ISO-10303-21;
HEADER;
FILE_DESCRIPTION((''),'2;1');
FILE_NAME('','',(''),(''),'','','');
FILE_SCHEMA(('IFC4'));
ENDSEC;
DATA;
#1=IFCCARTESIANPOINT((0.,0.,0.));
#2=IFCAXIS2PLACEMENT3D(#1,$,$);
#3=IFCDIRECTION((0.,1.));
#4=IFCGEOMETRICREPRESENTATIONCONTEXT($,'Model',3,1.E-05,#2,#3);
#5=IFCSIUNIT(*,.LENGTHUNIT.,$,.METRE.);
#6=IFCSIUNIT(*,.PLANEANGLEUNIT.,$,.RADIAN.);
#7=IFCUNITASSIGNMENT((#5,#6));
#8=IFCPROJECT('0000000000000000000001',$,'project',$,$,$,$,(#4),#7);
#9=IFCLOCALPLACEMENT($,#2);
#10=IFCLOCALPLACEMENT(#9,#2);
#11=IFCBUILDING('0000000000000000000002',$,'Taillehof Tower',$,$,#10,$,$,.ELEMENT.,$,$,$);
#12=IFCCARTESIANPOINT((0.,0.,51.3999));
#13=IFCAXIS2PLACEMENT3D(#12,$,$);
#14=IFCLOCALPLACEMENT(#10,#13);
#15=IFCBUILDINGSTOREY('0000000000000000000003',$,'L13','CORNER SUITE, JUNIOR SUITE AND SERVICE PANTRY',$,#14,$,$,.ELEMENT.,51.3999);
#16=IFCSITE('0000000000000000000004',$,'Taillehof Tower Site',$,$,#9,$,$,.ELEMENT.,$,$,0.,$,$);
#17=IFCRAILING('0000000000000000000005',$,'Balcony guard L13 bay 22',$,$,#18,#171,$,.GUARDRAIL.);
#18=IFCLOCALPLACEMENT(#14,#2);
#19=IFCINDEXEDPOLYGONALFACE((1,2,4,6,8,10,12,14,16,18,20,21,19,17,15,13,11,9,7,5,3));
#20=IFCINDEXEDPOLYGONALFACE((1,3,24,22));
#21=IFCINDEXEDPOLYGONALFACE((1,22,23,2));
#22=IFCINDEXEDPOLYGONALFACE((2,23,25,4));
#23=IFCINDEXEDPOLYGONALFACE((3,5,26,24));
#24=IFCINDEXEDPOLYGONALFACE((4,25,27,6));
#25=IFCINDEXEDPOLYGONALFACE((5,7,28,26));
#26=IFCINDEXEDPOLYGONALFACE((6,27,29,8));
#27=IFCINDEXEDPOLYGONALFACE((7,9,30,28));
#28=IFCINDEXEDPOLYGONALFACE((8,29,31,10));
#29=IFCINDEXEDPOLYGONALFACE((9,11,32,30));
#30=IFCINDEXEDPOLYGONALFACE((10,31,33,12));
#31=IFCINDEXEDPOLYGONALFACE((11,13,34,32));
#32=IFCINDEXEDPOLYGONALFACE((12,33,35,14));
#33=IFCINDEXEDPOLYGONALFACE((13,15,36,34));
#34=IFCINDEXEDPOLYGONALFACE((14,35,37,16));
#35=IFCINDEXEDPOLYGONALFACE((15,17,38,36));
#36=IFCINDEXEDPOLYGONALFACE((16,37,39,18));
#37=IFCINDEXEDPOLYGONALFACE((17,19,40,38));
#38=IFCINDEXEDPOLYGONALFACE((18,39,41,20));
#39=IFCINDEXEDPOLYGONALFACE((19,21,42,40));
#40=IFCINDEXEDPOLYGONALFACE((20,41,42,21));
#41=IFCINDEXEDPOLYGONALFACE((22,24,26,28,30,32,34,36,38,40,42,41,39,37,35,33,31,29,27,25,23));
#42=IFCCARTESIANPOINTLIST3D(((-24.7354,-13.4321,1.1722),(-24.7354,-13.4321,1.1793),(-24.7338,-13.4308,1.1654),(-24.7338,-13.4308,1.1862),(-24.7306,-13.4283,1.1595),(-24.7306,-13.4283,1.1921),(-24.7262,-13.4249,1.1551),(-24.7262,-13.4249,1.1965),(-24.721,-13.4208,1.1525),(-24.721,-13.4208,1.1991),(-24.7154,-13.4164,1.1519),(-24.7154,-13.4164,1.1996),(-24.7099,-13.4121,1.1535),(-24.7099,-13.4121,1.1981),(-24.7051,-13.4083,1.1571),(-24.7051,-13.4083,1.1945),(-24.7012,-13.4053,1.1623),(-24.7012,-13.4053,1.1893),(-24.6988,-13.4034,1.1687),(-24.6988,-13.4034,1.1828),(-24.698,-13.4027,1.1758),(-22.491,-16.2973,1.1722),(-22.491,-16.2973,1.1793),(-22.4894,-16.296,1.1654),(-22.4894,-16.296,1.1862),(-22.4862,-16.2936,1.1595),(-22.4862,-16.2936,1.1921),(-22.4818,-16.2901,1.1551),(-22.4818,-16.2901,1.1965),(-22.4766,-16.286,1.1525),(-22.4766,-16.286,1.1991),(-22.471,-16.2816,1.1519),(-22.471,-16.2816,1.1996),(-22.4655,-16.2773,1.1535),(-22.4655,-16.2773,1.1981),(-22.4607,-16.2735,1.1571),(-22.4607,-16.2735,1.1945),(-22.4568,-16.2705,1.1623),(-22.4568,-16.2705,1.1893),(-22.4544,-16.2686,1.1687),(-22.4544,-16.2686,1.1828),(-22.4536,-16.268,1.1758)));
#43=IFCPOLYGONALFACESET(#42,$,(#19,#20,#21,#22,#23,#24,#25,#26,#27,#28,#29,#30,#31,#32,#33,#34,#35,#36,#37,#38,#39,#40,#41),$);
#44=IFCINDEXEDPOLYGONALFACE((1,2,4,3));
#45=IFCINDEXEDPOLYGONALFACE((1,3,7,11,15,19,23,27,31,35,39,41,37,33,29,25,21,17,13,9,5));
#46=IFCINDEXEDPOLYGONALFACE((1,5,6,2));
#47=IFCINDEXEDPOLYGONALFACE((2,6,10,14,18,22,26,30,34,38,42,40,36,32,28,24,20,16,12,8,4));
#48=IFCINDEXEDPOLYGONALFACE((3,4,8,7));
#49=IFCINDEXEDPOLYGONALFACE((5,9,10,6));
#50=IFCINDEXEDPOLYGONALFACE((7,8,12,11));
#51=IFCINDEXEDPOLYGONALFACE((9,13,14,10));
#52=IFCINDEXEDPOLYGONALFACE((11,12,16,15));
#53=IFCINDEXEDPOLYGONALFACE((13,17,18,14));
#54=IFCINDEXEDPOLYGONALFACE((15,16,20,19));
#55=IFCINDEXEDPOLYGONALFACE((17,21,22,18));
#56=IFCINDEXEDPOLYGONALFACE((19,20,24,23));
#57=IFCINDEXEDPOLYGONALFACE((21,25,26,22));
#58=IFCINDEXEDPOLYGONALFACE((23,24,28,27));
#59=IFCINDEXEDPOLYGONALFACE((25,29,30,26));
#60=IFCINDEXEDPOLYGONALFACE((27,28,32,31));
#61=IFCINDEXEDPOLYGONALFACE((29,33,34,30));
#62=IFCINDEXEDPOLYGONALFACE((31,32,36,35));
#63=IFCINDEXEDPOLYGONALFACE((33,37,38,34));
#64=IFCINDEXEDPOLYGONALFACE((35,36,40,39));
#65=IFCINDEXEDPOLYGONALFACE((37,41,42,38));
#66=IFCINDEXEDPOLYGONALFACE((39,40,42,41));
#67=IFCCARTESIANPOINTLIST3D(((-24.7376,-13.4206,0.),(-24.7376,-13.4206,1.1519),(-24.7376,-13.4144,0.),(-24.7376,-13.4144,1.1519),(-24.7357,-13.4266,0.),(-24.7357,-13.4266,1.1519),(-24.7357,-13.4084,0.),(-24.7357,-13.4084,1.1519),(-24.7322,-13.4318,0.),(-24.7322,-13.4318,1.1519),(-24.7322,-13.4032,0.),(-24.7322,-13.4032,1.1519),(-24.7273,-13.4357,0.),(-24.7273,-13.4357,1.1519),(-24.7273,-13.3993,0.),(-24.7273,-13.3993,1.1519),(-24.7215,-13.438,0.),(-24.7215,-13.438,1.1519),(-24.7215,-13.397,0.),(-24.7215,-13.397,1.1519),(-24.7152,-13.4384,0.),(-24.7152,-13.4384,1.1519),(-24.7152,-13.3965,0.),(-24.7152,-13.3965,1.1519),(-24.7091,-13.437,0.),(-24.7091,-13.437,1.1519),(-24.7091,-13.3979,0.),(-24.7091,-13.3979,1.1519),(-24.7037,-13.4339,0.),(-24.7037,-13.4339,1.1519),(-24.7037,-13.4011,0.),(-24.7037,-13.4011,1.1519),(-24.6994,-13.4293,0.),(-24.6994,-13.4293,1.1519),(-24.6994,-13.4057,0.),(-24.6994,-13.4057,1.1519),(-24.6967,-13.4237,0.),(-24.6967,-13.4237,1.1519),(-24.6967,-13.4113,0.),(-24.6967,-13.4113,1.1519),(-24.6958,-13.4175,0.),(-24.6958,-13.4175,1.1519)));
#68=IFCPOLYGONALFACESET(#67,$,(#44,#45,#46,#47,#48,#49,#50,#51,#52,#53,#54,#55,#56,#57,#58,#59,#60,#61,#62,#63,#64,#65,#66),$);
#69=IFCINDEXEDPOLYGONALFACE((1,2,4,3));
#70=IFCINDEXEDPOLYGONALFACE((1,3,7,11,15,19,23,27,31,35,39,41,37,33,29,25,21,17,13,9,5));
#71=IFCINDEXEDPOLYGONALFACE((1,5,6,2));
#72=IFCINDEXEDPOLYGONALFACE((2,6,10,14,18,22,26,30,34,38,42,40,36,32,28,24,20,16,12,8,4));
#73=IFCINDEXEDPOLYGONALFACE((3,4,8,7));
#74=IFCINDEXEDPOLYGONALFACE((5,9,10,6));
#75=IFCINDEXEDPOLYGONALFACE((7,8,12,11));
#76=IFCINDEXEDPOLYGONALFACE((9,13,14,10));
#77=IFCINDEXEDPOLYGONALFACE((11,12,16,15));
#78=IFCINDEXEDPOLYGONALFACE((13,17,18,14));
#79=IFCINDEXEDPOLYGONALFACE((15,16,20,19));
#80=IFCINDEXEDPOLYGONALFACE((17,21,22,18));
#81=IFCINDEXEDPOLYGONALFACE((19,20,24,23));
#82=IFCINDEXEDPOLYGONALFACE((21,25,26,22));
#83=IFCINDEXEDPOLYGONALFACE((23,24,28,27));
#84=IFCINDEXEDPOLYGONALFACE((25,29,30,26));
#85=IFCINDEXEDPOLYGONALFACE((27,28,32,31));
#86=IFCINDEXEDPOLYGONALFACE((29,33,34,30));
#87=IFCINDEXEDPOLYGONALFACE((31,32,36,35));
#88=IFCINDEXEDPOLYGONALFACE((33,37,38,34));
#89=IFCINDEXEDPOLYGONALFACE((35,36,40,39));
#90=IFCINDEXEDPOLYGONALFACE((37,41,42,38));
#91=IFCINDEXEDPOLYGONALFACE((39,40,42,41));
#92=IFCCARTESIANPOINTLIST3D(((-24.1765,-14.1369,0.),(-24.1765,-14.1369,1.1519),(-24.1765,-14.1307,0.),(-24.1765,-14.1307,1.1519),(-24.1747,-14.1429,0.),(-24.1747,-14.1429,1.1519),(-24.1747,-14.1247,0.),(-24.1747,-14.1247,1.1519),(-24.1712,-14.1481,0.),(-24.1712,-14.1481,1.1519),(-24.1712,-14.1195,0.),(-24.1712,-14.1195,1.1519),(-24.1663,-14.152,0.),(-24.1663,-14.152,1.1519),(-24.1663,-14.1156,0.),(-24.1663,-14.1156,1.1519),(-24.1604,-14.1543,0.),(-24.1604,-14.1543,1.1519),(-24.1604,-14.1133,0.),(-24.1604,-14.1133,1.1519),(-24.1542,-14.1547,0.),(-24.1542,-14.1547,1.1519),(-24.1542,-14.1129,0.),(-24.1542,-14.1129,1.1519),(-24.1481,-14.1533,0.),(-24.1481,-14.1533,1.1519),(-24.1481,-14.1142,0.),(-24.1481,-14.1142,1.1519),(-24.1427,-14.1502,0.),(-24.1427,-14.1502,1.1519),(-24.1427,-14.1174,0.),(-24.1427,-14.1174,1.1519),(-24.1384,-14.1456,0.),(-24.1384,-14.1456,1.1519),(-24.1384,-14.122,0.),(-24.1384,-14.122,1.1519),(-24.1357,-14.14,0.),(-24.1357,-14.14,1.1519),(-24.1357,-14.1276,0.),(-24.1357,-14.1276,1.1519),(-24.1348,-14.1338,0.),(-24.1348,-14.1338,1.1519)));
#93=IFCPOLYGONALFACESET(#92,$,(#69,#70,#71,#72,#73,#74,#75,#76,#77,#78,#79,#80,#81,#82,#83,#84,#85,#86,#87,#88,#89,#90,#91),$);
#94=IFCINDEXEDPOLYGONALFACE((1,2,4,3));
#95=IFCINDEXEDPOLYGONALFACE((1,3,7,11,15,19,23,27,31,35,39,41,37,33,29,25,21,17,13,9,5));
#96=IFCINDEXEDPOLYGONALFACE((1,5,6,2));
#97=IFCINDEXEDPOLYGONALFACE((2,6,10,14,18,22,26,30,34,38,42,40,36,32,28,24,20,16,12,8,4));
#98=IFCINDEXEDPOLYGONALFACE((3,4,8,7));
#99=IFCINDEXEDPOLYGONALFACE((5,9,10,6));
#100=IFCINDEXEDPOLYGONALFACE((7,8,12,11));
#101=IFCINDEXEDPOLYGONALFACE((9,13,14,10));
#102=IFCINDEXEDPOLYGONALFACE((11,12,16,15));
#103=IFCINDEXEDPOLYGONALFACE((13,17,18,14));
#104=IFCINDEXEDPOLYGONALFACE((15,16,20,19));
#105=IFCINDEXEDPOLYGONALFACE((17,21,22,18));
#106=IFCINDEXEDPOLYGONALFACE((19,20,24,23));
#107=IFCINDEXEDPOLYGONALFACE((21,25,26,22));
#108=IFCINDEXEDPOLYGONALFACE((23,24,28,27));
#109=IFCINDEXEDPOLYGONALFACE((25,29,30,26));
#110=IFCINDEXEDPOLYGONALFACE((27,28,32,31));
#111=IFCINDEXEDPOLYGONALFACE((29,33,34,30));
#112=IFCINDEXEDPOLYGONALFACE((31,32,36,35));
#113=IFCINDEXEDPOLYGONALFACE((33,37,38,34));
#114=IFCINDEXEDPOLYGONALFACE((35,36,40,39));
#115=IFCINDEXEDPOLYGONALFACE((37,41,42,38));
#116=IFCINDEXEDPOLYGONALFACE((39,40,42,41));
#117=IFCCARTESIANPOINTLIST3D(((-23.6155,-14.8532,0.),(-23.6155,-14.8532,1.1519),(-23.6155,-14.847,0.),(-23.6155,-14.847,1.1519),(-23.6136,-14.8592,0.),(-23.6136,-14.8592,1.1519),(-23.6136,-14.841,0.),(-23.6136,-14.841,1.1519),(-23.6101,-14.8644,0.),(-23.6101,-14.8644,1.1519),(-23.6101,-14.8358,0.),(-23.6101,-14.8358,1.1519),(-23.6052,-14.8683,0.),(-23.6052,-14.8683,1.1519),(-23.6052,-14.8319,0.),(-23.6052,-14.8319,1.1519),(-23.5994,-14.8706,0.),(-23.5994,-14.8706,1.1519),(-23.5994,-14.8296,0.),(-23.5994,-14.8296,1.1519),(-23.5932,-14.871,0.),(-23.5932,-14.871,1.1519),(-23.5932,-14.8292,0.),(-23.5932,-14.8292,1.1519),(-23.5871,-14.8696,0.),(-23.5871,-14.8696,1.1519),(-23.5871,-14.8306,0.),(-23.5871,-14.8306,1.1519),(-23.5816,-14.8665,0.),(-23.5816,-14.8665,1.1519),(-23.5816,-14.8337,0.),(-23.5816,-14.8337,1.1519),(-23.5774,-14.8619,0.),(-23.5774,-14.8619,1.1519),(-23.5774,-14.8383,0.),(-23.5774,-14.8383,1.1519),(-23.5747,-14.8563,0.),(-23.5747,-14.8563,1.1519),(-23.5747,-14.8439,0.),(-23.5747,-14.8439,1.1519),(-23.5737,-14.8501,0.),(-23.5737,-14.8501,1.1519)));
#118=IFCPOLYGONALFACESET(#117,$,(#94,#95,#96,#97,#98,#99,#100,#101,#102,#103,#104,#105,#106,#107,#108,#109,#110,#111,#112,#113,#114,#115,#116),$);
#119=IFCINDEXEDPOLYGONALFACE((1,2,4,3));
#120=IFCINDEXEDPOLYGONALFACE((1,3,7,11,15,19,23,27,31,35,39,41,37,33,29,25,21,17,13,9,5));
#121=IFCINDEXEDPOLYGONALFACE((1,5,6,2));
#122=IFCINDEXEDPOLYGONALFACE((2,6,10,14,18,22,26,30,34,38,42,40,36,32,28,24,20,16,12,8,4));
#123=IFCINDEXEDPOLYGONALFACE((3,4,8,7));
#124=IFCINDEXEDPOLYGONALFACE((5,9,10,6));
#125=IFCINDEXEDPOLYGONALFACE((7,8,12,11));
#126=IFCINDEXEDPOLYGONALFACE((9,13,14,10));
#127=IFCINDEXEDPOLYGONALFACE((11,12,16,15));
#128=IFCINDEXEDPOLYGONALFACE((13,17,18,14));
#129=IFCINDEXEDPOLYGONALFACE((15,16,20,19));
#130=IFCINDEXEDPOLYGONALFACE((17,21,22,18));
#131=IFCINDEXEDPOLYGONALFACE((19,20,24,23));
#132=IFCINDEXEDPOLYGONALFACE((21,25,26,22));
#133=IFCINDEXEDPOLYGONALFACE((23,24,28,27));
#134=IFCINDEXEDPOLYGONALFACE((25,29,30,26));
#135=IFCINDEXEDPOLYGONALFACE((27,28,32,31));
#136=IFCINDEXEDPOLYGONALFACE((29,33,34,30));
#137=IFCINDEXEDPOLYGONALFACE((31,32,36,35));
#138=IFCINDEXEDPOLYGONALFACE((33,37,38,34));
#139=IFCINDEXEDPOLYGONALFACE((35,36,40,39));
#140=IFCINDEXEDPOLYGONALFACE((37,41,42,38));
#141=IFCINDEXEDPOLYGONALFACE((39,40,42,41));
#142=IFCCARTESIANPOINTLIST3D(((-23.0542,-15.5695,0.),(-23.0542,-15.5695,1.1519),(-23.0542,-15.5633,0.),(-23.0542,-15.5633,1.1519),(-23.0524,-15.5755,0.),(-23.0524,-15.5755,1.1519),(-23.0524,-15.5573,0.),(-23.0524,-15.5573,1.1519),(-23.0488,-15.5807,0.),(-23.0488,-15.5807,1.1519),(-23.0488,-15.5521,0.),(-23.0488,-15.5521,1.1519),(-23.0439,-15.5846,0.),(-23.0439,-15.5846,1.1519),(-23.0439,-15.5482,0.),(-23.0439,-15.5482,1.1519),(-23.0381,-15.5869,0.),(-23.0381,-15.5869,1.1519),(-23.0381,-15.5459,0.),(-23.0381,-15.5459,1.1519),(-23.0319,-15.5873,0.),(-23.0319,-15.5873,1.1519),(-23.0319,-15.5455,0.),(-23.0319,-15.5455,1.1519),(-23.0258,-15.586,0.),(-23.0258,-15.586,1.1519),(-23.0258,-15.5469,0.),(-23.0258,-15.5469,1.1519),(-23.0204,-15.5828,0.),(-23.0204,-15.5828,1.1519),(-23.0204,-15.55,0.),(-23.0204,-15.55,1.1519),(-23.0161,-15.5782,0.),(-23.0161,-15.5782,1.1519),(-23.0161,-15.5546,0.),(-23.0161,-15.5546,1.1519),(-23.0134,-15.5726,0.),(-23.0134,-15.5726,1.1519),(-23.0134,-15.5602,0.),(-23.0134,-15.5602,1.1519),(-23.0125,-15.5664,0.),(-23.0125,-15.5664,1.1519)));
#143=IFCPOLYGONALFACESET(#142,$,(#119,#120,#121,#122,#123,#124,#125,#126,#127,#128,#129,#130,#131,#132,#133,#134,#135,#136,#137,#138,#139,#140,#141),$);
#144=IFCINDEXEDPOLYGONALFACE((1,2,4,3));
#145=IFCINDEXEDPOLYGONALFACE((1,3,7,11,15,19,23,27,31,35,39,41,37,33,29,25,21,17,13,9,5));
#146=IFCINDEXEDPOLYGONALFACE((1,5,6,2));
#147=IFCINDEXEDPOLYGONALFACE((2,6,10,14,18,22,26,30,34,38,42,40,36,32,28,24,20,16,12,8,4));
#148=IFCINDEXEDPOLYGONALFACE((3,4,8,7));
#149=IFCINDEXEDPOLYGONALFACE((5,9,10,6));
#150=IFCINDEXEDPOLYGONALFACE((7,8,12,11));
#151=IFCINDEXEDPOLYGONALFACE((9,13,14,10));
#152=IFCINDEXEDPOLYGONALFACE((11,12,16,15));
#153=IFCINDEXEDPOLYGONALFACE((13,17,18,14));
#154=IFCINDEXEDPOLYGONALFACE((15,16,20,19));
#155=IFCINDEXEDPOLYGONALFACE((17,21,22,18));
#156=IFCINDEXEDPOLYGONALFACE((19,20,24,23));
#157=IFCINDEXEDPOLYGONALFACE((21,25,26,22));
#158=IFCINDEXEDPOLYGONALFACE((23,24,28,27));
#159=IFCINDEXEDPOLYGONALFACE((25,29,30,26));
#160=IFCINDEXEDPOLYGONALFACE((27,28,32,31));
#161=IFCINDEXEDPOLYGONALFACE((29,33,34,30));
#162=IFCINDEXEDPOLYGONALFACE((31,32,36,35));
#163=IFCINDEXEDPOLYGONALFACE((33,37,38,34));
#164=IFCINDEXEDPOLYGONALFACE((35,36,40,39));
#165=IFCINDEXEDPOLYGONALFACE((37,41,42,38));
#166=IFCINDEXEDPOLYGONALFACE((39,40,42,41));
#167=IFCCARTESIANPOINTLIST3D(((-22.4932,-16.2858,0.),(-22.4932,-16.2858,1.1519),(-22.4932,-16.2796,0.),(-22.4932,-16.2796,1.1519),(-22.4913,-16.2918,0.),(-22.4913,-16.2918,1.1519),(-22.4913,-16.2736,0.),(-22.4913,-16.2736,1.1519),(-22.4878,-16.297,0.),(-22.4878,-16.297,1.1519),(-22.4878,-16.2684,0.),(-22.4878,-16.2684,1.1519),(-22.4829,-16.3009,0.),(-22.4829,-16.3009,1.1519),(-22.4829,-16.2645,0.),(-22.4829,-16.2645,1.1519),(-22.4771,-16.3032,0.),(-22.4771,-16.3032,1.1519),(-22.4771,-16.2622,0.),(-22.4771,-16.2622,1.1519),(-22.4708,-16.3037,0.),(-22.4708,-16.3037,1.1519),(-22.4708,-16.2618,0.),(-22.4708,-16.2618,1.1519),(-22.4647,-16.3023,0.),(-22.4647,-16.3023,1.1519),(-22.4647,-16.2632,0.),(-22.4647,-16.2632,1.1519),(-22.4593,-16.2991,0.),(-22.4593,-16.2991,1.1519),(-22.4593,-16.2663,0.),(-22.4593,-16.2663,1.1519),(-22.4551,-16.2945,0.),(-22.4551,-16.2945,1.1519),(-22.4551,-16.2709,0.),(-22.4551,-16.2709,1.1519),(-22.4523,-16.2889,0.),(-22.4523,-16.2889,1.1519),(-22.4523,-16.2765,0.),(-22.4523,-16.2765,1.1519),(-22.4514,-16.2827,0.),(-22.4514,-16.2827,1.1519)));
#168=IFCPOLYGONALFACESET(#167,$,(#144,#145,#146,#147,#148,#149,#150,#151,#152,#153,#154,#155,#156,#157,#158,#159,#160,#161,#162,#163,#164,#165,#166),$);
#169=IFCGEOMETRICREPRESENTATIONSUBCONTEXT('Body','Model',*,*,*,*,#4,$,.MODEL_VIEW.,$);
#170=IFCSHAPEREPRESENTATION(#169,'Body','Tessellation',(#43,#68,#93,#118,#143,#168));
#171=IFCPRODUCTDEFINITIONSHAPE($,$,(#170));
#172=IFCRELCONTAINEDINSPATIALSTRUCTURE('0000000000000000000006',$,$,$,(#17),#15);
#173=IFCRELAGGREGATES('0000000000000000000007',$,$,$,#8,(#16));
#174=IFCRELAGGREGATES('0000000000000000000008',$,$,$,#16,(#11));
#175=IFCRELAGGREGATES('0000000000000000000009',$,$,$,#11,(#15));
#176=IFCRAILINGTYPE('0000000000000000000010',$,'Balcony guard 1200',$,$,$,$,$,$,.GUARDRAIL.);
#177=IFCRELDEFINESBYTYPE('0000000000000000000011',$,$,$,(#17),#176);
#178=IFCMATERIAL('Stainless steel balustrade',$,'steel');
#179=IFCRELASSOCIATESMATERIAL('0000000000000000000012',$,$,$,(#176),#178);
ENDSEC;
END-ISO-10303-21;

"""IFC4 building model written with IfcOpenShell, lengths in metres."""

from ifc_helpers import new_model, si_unit, direction, frame, origin, origin_2d, place, context, subcontext, project, spatial, circle, extrude, material, type_object, element, save


model = new_model("IFC4")

# Units and contexts
model_context = context("Model", 3, precision=1e-05, world=origin(), true_north=direction((0.0, 1.0)))
body_context = subcontext(model_context, "Body", "Model", "MODEL_VIEW")
ifc_project = project(units=[si_unit("LENGTHUNIT", "METRE"), si_unit("PLANEANGLEUNIT", "RADIAN")], contexts=[model_context])

# Site, building, storey
site_placement = place(None, origin())
site = spatial("IfcSite", under=ifc_project, at=site_placement, Name="Taillehof Tower Site", CompositionType="ELEMENT", RefElevation=0.0)
building_placement = place(site_placement, origin())
building = spatial("IfcBuilding", under=site, at=building_placement, Name="Taillehof Tower", CompositionType="ELEMENT")
storey_placement = place(building_placement, frame((0.0, 0.0, 51.3999)))
storey = spatial("IfcBuildingStorey", under=building, at=storey_placement, Name="L13", Description="CORNER SUITE, JUNIOR SUITE AND SERVICE PANTRY", CompositionType="ELEMENT", Elevation=51.3999)

# Railing
ifc_material_1 = material(Name="Stainless steel balustrade", Category="steel")
railing_type = type_object("IfcRailingType", Name="Balcony guard 1200", PredefinedType="GUARDRAIL", material=ifc_material_1)
railing_1_placement = place(storey_placement, frame((-24.7168, -13.4175, 0.0)))
element("IfcRailing", 1, at=railing_1_placement, inside=storey, type_object=railing_type, Name="Balcony guard L13 bay 22", PredefinedType="GUARDRAIL", context=body_context, shape_type="SweptSolid", body=[
    extrude(circle(Radius=0.0239, at=origin_2d()), frame((0.0, 0.0, 1.1758), z_axis=(0.616654, -0.787235, 0.0), x_axis=(0.787235, 0.616654, 0.0)), (0.0, 0.0, 1.0), 3.6396),
    extrude(circle(Radius=0.021, at=origin_2d()), origin(), (0.0, 0.0, 1.0), 1.1519),
    extrude(circle(Radius=0.021, at=origin_2d()), frame((0.561, -0.7163, 0.0)), (0.0, 0.0, 1.0), 1.1519),
    extrude(circle(Radius=0.021, at=origin_2d()), frame((1.1221, -1.4326, 0.0)), (0.0, 0.0, 1.0), 1.1519),
    extrude(circle(Radius=0.021, at=origin_2d()), frame((1.6833, -2.1489, 0.0)), (0.0, 0.0, 1.0), 1.1519),
    extrude(circle(Radius=0.021, at=origin_2d()), frame((2.2444, -2.8652, 0.0)), (0.0, 0.0, 1.0), 1.1519),
])

save(model, "model.ifc")
